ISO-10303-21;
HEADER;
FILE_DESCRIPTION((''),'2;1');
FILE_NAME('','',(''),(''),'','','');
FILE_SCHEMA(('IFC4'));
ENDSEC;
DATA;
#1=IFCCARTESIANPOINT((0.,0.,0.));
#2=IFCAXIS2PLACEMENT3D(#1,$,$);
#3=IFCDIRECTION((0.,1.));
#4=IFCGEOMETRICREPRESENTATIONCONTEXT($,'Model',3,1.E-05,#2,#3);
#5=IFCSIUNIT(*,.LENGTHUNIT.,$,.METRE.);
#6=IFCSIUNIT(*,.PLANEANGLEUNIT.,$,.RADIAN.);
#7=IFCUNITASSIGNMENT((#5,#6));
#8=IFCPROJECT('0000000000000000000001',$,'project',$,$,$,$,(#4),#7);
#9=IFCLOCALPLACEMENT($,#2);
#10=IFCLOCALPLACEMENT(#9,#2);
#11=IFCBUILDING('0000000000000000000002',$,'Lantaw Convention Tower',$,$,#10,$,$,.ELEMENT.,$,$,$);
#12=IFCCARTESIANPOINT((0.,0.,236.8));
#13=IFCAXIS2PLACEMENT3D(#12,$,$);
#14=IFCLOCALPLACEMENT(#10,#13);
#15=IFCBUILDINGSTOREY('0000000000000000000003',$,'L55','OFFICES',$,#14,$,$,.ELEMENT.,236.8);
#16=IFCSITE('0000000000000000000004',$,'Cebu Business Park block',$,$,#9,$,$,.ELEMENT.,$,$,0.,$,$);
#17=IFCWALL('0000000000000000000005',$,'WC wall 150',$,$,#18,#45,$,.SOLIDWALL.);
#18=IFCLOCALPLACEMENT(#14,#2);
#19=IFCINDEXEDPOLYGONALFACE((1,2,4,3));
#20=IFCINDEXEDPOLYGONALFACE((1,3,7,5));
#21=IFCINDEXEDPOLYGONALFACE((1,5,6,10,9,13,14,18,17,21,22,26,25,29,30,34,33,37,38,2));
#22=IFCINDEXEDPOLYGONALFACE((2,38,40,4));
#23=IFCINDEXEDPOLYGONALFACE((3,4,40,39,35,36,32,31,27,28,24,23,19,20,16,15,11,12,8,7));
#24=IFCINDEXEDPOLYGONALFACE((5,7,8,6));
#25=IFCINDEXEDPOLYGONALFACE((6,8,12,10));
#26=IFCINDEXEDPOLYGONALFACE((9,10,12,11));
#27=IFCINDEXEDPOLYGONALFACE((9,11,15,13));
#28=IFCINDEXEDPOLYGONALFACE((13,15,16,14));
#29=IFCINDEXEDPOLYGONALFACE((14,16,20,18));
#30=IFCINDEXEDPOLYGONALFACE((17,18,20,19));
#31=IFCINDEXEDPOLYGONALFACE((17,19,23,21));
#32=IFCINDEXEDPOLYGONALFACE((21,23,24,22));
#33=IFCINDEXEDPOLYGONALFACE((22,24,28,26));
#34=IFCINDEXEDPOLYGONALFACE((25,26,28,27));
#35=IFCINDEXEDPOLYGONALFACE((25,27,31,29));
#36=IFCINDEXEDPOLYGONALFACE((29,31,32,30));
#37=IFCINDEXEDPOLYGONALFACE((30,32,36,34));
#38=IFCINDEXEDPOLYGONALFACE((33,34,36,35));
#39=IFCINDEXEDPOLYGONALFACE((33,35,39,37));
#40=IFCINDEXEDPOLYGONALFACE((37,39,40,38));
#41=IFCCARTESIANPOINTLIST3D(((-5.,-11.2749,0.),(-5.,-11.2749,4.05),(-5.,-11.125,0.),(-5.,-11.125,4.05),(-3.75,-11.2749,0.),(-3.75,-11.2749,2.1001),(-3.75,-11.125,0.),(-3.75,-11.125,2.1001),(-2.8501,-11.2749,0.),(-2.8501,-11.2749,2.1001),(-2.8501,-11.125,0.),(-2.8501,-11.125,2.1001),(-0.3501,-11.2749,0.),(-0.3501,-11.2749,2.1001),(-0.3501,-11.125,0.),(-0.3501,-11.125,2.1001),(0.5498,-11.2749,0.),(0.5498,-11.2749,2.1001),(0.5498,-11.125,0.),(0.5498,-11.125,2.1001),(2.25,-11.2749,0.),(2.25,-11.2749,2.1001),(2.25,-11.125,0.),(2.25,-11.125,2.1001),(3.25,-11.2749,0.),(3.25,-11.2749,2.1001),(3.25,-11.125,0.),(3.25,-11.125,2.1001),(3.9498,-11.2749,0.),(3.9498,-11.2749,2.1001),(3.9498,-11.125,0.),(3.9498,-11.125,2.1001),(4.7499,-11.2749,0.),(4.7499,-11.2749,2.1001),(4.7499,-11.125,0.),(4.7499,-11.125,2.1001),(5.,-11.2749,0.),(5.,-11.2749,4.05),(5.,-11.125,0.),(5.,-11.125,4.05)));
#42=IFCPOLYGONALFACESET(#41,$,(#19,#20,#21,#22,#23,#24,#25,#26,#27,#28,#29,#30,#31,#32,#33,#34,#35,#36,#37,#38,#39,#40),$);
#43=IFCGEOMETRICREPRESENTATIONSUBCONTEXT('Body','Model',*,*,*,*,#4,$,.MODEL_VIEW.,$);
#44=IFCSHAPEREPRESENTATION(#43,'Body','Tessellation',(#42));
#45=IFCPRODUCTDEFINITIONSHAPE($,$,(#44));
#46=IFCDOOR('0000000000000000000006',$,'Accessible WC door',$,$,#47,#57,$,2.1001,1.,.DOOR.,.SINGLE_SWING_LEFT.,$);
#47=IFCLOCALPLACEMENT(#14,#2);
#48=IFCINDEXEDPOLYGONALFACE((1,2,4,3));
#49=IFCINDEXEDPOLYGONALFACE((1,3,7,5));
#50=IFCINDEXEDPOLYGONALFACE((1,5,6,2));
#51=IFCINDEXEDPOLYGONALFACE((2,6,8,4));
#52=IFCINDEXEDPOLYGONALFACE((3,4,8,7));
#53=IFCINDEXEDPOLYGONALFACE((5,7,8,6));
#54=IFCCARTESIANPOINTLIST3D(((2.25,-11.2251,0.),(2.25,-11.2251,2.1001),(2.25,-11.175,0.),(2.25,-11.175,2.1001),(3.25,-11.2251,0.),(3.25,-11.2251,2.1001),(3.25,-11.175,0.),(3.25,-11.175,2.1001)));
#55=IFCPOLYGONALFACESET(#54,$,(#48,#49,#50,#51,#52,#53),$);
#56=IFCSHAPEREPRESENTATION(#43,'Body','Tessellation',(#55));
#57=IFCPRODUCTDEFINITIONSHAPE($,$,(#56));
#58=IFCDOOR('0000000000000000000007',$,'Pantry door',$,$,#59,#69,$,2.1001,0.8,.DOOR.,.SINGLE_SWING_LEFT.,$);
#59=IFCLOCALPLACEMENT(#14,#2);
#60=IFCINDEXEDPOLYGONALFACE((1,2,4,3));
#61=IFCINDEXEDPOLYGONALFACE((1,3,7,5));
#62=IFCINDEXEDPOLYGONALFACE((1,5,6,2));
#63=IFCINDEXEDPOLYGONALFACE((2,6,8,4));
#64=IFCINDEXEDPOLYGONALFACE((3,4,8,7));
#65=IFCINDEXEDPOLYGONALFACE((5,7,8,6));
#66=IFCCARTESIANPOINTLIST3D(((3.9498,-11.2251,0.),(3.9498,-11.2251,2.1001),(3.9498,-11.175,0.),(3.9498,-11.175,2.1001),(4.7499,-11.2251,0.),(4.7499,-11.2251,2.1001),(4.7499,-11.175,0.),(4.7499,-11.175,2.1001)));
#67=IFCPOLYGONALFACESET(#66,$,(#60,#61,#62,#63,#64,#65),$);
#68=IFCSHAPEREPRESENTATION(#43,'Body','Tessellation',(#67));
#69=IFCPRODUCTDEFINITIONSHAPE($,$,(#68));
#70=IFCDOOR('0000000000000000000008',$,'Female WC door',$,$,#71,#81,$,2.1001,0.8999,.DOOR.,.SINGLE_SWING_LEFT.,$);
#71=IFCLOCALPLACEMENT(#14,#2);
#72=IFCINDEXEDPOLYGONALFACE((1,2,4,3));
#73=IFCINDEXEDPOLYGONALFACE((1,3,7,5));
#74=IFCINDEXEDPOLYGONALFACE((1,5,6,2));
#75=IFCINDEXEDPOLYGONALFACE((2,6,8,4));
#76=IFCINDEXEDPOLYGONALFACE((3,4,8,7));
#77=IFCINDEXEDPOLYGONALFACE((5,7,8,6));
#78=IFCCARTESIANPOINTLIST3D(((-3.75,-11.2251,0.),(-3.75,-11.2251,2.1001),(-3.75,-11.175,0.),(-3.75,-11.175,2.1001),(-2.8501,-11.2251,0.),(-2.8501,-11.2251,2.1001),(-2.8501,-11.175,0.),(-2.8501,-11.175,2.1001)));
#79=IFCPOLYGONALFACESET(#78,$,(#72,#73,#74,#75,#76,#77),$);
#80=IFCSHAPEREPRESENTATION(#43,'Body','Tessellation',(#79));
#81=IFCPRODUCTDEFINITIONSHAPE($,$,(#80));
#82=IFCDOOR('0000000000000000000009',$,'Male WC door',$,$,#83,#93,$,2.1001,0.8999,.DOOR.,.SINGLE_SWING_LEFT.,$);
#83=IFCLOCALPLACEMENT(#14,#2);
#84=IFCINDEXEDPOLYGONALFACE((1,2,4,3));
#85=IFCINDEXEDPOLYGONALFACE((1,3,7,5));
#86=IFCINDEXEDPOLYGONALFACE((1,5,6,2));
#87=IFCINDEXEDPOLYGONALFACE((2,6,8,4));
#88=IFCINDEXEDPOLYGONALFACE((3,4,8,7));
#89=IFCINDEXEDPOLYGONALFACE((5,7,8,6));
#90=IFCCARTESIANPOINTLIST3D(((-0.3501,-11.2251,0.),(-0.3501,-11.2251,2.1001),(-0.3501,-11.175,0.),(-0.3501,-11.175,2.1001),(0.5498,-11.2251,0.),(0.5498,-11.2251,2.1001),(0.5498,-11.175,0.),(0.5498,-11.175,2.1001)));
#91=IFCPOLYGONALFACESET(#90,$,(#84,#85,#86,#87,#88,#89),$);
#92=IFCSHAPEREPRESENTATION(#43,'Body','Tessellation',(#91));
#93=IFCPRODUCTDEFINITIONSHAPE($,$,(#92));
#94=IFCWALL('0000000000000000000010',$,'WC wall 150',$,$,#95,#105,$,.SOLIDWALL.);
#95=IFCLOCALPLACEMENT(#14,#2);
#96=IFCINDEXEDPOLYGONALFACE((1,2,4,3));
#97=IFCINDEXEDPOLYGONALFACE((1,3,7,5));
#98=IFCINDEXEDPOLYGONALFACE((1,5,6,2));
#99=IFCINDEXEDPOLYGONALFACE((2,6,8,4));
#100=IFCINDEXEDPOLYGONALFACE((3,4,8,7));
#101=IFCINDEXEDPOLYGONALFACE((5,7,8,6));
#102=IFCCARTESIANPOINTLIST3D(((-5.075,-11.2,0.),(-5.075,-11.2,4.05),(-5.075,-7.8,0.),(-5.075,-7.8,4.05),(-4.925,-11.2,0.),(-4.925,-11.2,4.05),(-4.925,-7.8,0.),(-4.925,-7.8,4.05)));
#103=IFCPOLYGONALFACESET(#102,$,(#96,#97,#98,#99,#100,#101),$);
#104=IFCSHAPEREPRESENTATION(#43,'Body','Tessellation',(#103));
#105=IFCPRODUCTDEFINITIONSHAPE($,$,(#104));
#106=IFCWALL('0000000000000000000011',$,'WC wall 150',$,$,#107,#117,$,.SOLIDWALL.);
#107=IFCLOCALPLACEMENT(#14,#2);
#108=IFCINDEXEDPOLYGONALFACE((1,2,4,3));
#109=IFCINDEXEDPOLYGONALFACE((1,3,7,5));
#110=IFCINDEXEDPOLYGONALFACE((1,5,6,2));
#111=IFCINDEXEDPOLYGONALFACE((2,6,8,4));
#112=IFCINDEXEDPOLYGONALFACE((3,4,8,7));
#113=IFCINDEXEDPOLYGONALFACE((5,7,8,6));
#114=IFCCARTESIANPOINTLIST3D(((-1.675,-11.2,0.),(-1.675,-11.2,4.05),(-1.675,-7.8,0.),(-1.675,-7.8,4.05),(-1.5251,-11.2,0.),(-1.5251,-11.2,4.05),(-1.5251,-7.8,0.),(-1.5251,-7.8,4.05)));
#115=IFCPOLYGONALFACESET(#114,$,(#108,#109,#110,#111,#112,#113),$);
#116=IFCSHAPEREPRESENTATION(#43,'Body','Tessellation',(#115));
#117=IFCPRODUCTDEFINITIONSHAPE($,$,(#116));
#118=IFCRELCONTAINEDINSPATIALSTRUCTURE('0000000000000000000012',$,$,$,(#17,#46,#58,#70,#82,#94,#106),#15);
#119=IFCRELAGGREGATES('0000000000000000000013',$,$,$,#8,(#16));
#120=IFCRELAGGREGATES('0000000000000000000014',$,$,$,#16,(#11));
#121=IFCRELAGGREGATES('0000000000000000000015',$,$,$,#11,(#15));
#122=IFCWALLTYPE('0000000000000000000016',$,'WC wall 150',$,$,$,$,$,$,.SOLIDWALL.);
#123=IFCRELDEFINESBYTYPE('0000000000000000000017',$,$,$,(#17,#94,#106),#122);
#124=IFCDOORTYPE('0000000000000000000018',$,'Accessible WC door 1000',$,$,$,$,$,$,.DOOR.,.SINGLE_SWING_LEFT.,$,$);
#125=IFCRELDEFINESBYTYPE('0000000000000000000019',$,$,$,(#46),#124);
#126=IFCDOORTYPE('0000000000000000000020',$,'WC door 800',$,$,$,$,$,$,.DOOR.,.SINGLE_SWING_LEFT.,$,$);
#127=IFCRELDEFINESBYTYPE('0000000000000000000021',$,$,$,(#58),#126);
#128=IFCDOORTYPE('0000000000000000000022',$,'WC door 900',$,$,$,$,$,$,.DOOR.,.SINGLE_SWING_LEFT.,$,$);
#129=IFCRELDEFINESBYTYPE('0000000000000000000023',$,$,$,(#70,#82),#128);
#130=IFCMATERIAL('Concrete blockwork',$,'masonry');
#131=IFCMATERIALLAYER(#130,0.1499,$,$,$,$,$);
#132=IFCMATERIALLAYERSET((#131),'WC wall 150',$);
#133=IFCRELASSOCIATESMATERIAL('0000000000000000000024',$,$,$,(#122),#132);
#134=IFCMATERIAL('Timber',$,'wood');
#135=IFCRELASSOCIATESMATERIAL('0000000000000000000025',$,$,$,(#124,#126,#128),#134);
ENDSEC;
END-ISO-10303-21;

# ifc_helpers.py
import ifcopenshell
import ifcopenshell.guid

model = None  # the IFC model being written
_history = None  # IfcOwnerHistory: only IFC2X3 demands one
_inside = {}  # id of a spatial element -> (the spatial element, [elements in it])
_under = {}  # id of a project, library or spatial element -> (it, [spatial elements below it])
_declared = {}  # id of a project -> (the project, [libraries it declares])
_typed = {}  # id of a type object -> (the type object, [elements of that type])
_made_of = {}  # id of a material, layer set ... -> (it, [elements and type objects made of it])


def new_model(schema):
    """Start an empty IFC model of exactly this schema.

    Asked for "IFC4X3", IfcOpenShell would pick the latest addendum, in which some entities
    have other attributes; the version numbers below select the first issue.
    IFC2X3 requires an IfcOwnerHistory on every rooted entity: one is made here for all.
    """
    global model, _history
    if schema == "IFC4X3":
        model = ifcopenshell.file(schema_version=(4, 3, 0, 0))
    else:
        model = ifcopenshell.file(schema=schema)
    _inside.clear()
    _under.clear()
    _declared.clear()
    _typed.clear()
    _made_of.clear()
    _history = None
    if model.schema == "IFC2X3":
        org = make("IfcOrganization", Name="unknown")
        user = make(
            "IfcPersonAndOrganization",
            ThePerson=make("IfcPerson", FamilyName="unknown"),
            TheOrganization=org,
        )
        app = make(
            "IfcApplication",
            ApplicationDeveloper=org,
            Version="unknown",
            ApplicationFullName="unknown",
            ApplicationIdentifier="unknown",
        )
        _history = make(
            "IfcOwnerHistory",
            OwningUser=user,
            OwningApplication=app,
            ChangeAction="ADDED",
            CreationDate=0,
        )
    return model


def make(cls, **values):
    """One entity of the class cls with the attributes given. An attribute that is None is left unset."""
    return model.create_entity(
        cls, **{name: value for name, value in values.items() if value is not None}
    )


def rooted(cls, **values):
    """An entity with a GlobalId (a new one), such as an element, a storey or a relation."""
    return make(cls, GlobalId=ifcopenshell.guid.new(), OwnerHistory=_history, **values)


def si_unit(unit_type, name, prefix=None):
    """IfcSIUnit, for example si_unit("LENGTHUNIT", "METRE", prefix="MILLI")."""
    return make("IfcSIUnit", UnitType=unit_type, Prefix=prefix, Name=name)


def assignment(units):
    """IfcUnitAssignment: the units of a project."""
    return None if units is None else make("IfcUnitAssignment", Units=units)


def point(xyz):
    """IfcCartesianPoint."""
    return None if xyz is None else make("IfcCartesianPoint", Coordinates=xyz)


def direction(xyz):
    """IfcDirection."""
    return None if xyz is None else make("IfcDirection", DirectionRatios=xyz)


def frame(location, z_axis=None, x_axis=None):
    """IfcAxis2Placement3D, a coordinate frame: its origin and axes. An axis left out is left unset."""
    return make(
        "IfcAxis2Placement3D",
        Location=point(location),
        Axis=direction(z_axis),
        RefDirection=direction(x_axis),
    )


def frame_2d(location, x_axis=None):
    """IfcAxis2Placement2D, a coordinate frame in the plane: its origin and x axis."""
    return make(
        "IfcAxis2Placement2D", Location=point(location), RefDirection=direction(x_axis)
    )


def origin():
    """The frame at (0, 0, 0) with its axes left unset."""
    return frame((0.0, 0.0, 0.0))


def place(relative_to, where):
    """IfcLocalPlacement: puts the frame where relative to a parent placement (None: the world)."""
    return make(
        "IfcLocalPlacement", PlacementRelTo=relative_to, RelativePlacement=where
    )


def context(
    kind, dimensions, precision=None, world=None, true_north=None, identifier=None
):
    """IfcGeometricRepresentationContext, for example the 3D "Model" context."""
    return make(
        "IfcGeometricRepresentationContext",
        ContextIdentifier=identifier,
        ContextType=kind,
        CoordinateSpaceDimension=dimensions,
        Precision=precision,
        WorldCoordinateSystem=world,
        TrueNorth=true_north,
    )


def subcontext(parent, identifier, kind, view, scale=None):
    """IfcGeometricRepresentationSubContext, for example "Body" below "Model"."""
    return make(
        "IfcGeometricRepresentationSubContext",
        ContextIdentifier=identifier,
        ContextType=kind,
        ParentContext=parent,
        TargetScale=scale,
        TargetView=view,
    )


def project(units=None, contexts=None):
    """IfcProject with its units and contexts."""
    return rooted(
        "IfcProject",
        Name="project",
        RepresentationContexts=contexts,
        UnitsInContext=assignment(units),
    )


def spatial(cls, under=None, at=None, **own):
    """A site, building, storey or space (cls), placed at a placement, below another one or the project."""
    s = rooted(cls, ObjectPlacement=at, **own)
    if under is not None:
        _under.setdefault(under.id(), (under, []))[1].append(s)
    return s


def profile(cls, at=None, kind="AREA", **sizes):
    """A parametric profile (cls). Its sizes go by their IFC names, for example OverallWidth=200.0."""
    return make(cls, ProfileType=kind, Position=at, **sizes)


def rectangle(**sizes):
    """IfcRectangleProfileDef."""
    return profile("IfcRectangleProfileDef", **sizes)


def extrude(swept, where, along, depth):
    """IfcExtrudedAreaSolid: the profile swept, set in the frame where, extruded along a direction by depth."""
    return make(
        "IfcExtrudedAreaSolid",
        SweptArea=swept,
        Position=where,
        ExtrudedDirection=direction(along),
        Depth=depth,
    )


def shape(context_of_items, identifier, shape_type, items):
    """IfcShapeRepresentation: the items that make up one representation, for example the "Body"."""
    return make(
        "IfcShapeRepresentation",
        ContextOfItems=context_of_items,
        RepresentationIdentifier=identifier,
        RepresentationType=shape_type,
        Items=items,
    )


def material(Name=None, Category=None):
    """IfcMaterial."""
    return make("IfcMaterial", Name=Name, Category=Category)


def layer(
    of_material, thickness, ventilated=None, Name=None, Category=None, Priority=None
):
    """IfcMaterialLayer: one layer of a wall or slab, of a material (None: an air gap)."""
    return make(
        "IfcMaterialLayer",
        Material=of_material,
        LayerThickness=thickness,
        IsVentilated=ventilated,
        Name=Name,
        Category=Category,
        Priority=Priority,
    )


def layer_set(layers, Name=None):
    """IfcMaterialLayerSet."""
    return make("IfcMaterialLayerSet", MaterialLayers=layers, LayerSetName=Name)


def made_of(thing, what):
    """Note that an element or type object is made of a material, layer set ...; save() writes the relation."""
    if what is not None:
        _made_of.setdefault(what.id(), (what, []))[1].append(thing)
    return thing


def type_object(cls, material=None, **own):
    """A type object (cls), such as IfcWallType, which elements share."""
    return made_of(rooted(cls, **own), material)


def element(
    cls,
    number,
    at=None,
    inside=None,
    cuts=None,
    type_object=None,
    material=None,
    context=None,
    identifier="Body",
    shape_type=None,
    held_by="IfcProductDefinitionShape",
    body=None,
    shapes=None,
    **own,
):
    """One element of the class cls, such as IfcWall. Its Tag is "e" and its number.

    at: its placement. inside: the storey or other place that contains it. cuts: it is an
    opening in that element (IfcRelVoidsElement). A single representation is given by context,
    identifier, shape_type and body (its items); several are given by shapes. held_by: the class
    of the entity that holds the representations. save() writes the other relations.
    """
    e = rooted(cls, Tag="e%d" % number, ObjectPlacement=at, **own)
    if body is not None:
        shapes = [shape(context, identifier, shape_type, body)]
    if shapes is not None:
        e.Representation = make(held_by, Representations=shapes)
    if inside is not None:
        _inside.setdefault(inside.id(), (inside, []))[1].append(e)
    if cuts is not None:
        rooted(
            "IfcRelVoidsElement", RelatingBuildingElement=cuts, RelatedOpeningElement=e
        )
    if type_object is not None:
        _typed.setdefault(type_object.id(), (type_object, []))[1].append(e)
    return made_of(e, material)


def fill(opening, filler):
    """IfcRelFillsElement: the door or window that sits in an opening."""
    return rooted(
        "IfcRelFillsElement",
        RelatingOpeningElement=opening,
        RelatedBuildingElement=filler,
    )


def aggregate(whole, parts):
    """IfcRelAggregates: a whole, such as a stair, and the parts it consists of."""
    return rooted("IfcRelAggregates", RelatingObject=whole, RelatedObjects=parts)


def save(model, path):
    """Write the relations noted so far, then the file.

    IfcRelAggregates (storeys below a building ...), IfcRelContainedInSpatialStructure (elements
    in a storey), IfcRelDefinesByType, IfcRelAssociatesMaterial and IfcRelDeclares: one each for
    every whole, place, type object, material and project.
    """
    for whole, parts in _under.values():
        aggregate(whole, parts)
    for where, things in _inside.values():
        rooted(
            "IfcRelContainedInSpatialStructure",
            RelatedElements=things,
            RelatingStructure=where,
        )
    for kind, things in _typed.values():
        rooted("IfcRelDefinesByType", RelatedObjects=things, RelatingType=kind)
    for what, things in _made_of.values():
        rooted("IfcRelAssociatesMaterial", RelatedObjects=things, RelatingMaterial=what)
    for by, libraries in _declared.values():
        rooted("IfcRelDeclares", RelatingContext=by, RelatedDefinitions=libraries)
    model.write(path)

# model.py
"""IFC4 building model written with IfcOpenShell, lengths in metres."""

from ifc_helpers import new_model, si_unit, direction, frame, frame_2d, origin, place, context, subcontext, project, spatial, rectangle, extrude, material, layer, layer_set, type_object, element, fill, save


model = new_model("IFC4")

# Units and contexts
model_context = context("Model", 3, precision=1e-05, world=origin(), true_north=direction((0.0, 1.0)))
body_context = subcontext(model_context, "Body", "Model", "MODEL_VIEW")
ifc_project = project(units=[si_unit("LENGTHUNIT", "METRE"), si_unit("PLANEANGLEUNIT", "RADIAN")], contexts=[model_context])

# Site, building, storey
site_placement = place(None, origin())
site = spatial("IfcSite", under=ifc_project, at=site_placement, Name="Cebu Business Park block", CompositionType="ELEMENT", RefElevation=0.0)
building_placement = place(site_placement, origin())
building = spatial("IfcBuilding", under=site, at=building_placement, Name="Lantaw Convention Tower", CompositionType="ELEMENT")
storey_placement = place(building_placement, frame((0.0, 0.0, 236.8)))
storey = spatial("IfcBuildingStorey", under=building, at=storey_placement, Name="L55", Description="OFFICES", CompositionType="ELEMENT", Elevation=236.8)

# Shared definitions
ifc_material_1 = material(Name="Timber", Category="wood")

# Wall, openings, doors
ifc_material_2 = material(Name="Concrete blockwork", Category="masonry")
ifc_layer_1 = layer(ifc_material_2, 0.1499)
ifc_layer_set_1 = layer_set([ifc_layer_1], Name="WC wall 150")
wall_type_1 = type_object("IfcWallType", Name="WC wall 150", PredefinedType="SOLIDWALL", material=ifc_layer_set_1)
wall_1_placement = place(storey_placement, frame((-5.0, -11.2, 0.0), z_axis=(0.0, 0.0, 1.0), x_axis=(1.0, 0.0, 0.0)))
wall_1 = element("IfcWall", 1, at=wall_1_placement, inside=storey, type_object=wall_type_1, Name="WC wall 150", PredefinedType="SOLIDWALL", context=body_context, shape_type="SweptSolid", body=[
    extrude(rectangle(XDim=10.0, YDim=0.1499, at=frame_2d((5.0, 0.0))), origin(), (0.0, 0.0, 1.0), 4.05),
])
opening_1_placement = place(wall_1_placement, frame((1.25, 0.0, 0.0)))
opening_1 = element("IfcOpeningElement", 2, at=opening_1_placement, cuts=wall_1, PredefinedType="OPENING", context=body_context, shape_type="SweptSolid", body=[
    extrude(rectangle(XDim=0.8999, YDim=2.1001, at=frame_2d((0.45, 1.05))), frame((0.0, 0.085, 0.0), z_axis=(0.0, -1.0, 0.0), x_axis=(1.0, 0.0, 0.0)), (0.0, 0.0, 1.0), 0.1699),
])
opening_2_placement = place(wall_1_placement, frame((4.6499, 0.0, 0.0)))
opening_2 = element("IfcOpeningElement", 3, at=opening_2_placement, cuts=wall_1, PredefinedType="OPENING", context=body_context, shape_type="SweptSolid", body=[
    extrude(rectangle(XDim=0.8999, YDim=2.1001, at=frame_2d((0.45, 1.05))), frame((0.0, 0.085, 0.0), z_axis=(0.0, -1.0, 0.0), x_axis=(1.0, 0.0, 0.0)), (0.0, 0.0, 1.0), 0.1699),
])
opening_3_placement = place(wall_1_placement, frame((7.25, 0.0, 0.0)))
opening_3 = element("IfcOpeningElement", 4, at=opening_3_placement, cuts=wall_1, PredefinedType="OPENING", context=body_context, shape_type="SweptSolid", body=[
    extrude(rectangle(XDim=1.0, YDim=2.1001, at=frame_2d((0.5, 1.05))), frame((0.0, 0.085, 0.0), z_axis=(0.0, -1.0, 0.0), x_axis=(1.0, 0.0, 0.0)), (0.0, 0.0, 1.0), 0.1699),
])
opening_4_placement = place(wall_1_placement, frame((8.95, 0.0, 0.0)))
opening_4 = element("IfcOpeningElement", 5, at=opening_4_placement, cuts=wall_1, PredefinedType="OPENING", context=body_context, shape_type="SweptSolid", body=[
    extrude(rectangle(XDim=0.8, YDim=2.1001, at=frame_2d((0.3999, 1.05))), frame((0.0, 0.085, 0.0), z_axis=(0.0, -1.0, 0.0), x_axis=(1.0, 0.0, 0.0)), (0.0, 0.0, 1.0), 0.1699),
])
door_type_1 = type_object("IfcDoorType", Name="Accessible WC door 1000", OperationType="SINGLE_SWING_LEFT", PredefinedType="DOOR", material=ifc_material_1)
door_1_placement = place(opening_3_placement, origin())
door_1 = element("IfcDoor", 6, at=door_1_placement, inside=storey, type_object=door_type_1, Name="Accessible WC door", OperationType="SINGLE_SWING_LEFT", OverallHeight=2.1001, OverallWidth=1.0, PredefinedType="DOOR", context=body_context, shape_type="SweptSolid", body=[
    extrude(rectangle(XDim=1.0, YDim=2.1001, at=frame_2d((0.5, 1.05))), frame((0.0, 0.0249, 0.0), z_axis=(0.0, -1.0, 0.0), x_axis=(1.0, 0.0, 0.0)), (0.0, 0.0, 1.0), 0.05),
])
fill(opening_3, door_1)
door_type_2 = type_object("IfcDoorType", Name="WC door 800", OperationType="SINGLE_SWING_LEFT", PredefinedType="DOOR", material=ifc_material_1)
door_2_placement = place(opening_4_placement, origin())
door_2 = element("IfcDoor", 7, at=door_2_placement, inside=storey, type_object=door_type_2, Name="Pantry door", OperationType="SINGLE_SWING_LEFT", OverallHeight=2.1001, OverallWidth=0.8, PredefinedType="DOOR", context=body_context, shape_type="SweptSolid", body=[
    extrude(rectangle(XDim=0.8, YDim=2.1001, at=frame_2d((0.3999, 1.05))), frame((0.0, 0.0249, 0.0), z_axis=(0.0, -1.0, 0.0), x_axis=(1.0, 0.0, 0.0)), (0.0, 0.0, 1.0), 0.05),
])
fill(opening_4, door_2)
door_type_3 = type_object("IfcDoorType", Name="WC door 900", OperationType="SINGLE_SWING_LEFT", PredefinedType="DOOR", material=ifc_material_1)
door_3_placement = place(opening_1_placement, origin())
door_3 = element("IfcDoor", 8, at=door_3_placement, inside=storey, type_object=door_type_3, Name="Female WC door", OperationType="SINGLE_SWING_LEFT", OverallHeight=2.1001, OverallWidth=0.8999, PredefinedType="DOOR", context=body_context, shape_type="SweptSolid", body=[
    extrude(rectangle(XDim=0.8999, YDim=2.1001, at=frame_2d((0.45, 1.05))), frame((0.0, 0.0249, 0.0), z_axis=(0.0, -1.0, 0.0), x_axis=(1.0, 0.0, 0.0)), (0.0, 0.0, 1.0), 0.05),
])
fill(opening_1, door_3)
door_4_placement = place(opening_2_placement, origin())
door_4 = element("IfcDoor", 9, at=door_4_placement, inside=storey, type_object=door_type_3, Name="Male WC door", OperationType="SINGLE_SWING_LEFT", OverallHeight=2.1001, OverallWidth=0.8999, PredefinedType="DOOR", context=body_context, shape_type="SweptSolid", body=[
    extrude(rectangle(XDim=0.8999, YDim=2.1001, at=frame_2d((0.45, 1.05))), frame((0.0, 0.0249, 0.0), z_axis=(0.0, -1.0, 0.0), x_axis=(1.0, 0.0, 0.0)), (0.0, 0.0, 1.0), 0.05),
])
fill(opening_2, door_4)

# Walls
for number, where, z_axis, x_axis, name in (
    (10, (-5.0, -7.8, 0.0), (0.0, 0.0, 1.0), (0.0, -1.0, 0.0), "WC wall 150"),
    (11, (-1.6001, -7.8, 0.0), (0.0, 0.0, 1.0), (0.0, -1.0, 0.0), "WC wall 150"),
):
    element("IfcWall", number, at=place(storey_placement, frame(where, z_axis=z_axis, x_axis=x_axis)), inside=storey, type_object=wall_type_1, Name=name, PredefinedType="SOLIDWALL", context=body_context, shape_type="SweptSolid", body=[
        extrude(rectangle(XDim=3.3999, YDim=0.1499, at=frame_2d((1.7, 0.0))), origin(), (0.0, 0.0, 1.0), 4.05),
    ])

save(model, "model.ifc")
